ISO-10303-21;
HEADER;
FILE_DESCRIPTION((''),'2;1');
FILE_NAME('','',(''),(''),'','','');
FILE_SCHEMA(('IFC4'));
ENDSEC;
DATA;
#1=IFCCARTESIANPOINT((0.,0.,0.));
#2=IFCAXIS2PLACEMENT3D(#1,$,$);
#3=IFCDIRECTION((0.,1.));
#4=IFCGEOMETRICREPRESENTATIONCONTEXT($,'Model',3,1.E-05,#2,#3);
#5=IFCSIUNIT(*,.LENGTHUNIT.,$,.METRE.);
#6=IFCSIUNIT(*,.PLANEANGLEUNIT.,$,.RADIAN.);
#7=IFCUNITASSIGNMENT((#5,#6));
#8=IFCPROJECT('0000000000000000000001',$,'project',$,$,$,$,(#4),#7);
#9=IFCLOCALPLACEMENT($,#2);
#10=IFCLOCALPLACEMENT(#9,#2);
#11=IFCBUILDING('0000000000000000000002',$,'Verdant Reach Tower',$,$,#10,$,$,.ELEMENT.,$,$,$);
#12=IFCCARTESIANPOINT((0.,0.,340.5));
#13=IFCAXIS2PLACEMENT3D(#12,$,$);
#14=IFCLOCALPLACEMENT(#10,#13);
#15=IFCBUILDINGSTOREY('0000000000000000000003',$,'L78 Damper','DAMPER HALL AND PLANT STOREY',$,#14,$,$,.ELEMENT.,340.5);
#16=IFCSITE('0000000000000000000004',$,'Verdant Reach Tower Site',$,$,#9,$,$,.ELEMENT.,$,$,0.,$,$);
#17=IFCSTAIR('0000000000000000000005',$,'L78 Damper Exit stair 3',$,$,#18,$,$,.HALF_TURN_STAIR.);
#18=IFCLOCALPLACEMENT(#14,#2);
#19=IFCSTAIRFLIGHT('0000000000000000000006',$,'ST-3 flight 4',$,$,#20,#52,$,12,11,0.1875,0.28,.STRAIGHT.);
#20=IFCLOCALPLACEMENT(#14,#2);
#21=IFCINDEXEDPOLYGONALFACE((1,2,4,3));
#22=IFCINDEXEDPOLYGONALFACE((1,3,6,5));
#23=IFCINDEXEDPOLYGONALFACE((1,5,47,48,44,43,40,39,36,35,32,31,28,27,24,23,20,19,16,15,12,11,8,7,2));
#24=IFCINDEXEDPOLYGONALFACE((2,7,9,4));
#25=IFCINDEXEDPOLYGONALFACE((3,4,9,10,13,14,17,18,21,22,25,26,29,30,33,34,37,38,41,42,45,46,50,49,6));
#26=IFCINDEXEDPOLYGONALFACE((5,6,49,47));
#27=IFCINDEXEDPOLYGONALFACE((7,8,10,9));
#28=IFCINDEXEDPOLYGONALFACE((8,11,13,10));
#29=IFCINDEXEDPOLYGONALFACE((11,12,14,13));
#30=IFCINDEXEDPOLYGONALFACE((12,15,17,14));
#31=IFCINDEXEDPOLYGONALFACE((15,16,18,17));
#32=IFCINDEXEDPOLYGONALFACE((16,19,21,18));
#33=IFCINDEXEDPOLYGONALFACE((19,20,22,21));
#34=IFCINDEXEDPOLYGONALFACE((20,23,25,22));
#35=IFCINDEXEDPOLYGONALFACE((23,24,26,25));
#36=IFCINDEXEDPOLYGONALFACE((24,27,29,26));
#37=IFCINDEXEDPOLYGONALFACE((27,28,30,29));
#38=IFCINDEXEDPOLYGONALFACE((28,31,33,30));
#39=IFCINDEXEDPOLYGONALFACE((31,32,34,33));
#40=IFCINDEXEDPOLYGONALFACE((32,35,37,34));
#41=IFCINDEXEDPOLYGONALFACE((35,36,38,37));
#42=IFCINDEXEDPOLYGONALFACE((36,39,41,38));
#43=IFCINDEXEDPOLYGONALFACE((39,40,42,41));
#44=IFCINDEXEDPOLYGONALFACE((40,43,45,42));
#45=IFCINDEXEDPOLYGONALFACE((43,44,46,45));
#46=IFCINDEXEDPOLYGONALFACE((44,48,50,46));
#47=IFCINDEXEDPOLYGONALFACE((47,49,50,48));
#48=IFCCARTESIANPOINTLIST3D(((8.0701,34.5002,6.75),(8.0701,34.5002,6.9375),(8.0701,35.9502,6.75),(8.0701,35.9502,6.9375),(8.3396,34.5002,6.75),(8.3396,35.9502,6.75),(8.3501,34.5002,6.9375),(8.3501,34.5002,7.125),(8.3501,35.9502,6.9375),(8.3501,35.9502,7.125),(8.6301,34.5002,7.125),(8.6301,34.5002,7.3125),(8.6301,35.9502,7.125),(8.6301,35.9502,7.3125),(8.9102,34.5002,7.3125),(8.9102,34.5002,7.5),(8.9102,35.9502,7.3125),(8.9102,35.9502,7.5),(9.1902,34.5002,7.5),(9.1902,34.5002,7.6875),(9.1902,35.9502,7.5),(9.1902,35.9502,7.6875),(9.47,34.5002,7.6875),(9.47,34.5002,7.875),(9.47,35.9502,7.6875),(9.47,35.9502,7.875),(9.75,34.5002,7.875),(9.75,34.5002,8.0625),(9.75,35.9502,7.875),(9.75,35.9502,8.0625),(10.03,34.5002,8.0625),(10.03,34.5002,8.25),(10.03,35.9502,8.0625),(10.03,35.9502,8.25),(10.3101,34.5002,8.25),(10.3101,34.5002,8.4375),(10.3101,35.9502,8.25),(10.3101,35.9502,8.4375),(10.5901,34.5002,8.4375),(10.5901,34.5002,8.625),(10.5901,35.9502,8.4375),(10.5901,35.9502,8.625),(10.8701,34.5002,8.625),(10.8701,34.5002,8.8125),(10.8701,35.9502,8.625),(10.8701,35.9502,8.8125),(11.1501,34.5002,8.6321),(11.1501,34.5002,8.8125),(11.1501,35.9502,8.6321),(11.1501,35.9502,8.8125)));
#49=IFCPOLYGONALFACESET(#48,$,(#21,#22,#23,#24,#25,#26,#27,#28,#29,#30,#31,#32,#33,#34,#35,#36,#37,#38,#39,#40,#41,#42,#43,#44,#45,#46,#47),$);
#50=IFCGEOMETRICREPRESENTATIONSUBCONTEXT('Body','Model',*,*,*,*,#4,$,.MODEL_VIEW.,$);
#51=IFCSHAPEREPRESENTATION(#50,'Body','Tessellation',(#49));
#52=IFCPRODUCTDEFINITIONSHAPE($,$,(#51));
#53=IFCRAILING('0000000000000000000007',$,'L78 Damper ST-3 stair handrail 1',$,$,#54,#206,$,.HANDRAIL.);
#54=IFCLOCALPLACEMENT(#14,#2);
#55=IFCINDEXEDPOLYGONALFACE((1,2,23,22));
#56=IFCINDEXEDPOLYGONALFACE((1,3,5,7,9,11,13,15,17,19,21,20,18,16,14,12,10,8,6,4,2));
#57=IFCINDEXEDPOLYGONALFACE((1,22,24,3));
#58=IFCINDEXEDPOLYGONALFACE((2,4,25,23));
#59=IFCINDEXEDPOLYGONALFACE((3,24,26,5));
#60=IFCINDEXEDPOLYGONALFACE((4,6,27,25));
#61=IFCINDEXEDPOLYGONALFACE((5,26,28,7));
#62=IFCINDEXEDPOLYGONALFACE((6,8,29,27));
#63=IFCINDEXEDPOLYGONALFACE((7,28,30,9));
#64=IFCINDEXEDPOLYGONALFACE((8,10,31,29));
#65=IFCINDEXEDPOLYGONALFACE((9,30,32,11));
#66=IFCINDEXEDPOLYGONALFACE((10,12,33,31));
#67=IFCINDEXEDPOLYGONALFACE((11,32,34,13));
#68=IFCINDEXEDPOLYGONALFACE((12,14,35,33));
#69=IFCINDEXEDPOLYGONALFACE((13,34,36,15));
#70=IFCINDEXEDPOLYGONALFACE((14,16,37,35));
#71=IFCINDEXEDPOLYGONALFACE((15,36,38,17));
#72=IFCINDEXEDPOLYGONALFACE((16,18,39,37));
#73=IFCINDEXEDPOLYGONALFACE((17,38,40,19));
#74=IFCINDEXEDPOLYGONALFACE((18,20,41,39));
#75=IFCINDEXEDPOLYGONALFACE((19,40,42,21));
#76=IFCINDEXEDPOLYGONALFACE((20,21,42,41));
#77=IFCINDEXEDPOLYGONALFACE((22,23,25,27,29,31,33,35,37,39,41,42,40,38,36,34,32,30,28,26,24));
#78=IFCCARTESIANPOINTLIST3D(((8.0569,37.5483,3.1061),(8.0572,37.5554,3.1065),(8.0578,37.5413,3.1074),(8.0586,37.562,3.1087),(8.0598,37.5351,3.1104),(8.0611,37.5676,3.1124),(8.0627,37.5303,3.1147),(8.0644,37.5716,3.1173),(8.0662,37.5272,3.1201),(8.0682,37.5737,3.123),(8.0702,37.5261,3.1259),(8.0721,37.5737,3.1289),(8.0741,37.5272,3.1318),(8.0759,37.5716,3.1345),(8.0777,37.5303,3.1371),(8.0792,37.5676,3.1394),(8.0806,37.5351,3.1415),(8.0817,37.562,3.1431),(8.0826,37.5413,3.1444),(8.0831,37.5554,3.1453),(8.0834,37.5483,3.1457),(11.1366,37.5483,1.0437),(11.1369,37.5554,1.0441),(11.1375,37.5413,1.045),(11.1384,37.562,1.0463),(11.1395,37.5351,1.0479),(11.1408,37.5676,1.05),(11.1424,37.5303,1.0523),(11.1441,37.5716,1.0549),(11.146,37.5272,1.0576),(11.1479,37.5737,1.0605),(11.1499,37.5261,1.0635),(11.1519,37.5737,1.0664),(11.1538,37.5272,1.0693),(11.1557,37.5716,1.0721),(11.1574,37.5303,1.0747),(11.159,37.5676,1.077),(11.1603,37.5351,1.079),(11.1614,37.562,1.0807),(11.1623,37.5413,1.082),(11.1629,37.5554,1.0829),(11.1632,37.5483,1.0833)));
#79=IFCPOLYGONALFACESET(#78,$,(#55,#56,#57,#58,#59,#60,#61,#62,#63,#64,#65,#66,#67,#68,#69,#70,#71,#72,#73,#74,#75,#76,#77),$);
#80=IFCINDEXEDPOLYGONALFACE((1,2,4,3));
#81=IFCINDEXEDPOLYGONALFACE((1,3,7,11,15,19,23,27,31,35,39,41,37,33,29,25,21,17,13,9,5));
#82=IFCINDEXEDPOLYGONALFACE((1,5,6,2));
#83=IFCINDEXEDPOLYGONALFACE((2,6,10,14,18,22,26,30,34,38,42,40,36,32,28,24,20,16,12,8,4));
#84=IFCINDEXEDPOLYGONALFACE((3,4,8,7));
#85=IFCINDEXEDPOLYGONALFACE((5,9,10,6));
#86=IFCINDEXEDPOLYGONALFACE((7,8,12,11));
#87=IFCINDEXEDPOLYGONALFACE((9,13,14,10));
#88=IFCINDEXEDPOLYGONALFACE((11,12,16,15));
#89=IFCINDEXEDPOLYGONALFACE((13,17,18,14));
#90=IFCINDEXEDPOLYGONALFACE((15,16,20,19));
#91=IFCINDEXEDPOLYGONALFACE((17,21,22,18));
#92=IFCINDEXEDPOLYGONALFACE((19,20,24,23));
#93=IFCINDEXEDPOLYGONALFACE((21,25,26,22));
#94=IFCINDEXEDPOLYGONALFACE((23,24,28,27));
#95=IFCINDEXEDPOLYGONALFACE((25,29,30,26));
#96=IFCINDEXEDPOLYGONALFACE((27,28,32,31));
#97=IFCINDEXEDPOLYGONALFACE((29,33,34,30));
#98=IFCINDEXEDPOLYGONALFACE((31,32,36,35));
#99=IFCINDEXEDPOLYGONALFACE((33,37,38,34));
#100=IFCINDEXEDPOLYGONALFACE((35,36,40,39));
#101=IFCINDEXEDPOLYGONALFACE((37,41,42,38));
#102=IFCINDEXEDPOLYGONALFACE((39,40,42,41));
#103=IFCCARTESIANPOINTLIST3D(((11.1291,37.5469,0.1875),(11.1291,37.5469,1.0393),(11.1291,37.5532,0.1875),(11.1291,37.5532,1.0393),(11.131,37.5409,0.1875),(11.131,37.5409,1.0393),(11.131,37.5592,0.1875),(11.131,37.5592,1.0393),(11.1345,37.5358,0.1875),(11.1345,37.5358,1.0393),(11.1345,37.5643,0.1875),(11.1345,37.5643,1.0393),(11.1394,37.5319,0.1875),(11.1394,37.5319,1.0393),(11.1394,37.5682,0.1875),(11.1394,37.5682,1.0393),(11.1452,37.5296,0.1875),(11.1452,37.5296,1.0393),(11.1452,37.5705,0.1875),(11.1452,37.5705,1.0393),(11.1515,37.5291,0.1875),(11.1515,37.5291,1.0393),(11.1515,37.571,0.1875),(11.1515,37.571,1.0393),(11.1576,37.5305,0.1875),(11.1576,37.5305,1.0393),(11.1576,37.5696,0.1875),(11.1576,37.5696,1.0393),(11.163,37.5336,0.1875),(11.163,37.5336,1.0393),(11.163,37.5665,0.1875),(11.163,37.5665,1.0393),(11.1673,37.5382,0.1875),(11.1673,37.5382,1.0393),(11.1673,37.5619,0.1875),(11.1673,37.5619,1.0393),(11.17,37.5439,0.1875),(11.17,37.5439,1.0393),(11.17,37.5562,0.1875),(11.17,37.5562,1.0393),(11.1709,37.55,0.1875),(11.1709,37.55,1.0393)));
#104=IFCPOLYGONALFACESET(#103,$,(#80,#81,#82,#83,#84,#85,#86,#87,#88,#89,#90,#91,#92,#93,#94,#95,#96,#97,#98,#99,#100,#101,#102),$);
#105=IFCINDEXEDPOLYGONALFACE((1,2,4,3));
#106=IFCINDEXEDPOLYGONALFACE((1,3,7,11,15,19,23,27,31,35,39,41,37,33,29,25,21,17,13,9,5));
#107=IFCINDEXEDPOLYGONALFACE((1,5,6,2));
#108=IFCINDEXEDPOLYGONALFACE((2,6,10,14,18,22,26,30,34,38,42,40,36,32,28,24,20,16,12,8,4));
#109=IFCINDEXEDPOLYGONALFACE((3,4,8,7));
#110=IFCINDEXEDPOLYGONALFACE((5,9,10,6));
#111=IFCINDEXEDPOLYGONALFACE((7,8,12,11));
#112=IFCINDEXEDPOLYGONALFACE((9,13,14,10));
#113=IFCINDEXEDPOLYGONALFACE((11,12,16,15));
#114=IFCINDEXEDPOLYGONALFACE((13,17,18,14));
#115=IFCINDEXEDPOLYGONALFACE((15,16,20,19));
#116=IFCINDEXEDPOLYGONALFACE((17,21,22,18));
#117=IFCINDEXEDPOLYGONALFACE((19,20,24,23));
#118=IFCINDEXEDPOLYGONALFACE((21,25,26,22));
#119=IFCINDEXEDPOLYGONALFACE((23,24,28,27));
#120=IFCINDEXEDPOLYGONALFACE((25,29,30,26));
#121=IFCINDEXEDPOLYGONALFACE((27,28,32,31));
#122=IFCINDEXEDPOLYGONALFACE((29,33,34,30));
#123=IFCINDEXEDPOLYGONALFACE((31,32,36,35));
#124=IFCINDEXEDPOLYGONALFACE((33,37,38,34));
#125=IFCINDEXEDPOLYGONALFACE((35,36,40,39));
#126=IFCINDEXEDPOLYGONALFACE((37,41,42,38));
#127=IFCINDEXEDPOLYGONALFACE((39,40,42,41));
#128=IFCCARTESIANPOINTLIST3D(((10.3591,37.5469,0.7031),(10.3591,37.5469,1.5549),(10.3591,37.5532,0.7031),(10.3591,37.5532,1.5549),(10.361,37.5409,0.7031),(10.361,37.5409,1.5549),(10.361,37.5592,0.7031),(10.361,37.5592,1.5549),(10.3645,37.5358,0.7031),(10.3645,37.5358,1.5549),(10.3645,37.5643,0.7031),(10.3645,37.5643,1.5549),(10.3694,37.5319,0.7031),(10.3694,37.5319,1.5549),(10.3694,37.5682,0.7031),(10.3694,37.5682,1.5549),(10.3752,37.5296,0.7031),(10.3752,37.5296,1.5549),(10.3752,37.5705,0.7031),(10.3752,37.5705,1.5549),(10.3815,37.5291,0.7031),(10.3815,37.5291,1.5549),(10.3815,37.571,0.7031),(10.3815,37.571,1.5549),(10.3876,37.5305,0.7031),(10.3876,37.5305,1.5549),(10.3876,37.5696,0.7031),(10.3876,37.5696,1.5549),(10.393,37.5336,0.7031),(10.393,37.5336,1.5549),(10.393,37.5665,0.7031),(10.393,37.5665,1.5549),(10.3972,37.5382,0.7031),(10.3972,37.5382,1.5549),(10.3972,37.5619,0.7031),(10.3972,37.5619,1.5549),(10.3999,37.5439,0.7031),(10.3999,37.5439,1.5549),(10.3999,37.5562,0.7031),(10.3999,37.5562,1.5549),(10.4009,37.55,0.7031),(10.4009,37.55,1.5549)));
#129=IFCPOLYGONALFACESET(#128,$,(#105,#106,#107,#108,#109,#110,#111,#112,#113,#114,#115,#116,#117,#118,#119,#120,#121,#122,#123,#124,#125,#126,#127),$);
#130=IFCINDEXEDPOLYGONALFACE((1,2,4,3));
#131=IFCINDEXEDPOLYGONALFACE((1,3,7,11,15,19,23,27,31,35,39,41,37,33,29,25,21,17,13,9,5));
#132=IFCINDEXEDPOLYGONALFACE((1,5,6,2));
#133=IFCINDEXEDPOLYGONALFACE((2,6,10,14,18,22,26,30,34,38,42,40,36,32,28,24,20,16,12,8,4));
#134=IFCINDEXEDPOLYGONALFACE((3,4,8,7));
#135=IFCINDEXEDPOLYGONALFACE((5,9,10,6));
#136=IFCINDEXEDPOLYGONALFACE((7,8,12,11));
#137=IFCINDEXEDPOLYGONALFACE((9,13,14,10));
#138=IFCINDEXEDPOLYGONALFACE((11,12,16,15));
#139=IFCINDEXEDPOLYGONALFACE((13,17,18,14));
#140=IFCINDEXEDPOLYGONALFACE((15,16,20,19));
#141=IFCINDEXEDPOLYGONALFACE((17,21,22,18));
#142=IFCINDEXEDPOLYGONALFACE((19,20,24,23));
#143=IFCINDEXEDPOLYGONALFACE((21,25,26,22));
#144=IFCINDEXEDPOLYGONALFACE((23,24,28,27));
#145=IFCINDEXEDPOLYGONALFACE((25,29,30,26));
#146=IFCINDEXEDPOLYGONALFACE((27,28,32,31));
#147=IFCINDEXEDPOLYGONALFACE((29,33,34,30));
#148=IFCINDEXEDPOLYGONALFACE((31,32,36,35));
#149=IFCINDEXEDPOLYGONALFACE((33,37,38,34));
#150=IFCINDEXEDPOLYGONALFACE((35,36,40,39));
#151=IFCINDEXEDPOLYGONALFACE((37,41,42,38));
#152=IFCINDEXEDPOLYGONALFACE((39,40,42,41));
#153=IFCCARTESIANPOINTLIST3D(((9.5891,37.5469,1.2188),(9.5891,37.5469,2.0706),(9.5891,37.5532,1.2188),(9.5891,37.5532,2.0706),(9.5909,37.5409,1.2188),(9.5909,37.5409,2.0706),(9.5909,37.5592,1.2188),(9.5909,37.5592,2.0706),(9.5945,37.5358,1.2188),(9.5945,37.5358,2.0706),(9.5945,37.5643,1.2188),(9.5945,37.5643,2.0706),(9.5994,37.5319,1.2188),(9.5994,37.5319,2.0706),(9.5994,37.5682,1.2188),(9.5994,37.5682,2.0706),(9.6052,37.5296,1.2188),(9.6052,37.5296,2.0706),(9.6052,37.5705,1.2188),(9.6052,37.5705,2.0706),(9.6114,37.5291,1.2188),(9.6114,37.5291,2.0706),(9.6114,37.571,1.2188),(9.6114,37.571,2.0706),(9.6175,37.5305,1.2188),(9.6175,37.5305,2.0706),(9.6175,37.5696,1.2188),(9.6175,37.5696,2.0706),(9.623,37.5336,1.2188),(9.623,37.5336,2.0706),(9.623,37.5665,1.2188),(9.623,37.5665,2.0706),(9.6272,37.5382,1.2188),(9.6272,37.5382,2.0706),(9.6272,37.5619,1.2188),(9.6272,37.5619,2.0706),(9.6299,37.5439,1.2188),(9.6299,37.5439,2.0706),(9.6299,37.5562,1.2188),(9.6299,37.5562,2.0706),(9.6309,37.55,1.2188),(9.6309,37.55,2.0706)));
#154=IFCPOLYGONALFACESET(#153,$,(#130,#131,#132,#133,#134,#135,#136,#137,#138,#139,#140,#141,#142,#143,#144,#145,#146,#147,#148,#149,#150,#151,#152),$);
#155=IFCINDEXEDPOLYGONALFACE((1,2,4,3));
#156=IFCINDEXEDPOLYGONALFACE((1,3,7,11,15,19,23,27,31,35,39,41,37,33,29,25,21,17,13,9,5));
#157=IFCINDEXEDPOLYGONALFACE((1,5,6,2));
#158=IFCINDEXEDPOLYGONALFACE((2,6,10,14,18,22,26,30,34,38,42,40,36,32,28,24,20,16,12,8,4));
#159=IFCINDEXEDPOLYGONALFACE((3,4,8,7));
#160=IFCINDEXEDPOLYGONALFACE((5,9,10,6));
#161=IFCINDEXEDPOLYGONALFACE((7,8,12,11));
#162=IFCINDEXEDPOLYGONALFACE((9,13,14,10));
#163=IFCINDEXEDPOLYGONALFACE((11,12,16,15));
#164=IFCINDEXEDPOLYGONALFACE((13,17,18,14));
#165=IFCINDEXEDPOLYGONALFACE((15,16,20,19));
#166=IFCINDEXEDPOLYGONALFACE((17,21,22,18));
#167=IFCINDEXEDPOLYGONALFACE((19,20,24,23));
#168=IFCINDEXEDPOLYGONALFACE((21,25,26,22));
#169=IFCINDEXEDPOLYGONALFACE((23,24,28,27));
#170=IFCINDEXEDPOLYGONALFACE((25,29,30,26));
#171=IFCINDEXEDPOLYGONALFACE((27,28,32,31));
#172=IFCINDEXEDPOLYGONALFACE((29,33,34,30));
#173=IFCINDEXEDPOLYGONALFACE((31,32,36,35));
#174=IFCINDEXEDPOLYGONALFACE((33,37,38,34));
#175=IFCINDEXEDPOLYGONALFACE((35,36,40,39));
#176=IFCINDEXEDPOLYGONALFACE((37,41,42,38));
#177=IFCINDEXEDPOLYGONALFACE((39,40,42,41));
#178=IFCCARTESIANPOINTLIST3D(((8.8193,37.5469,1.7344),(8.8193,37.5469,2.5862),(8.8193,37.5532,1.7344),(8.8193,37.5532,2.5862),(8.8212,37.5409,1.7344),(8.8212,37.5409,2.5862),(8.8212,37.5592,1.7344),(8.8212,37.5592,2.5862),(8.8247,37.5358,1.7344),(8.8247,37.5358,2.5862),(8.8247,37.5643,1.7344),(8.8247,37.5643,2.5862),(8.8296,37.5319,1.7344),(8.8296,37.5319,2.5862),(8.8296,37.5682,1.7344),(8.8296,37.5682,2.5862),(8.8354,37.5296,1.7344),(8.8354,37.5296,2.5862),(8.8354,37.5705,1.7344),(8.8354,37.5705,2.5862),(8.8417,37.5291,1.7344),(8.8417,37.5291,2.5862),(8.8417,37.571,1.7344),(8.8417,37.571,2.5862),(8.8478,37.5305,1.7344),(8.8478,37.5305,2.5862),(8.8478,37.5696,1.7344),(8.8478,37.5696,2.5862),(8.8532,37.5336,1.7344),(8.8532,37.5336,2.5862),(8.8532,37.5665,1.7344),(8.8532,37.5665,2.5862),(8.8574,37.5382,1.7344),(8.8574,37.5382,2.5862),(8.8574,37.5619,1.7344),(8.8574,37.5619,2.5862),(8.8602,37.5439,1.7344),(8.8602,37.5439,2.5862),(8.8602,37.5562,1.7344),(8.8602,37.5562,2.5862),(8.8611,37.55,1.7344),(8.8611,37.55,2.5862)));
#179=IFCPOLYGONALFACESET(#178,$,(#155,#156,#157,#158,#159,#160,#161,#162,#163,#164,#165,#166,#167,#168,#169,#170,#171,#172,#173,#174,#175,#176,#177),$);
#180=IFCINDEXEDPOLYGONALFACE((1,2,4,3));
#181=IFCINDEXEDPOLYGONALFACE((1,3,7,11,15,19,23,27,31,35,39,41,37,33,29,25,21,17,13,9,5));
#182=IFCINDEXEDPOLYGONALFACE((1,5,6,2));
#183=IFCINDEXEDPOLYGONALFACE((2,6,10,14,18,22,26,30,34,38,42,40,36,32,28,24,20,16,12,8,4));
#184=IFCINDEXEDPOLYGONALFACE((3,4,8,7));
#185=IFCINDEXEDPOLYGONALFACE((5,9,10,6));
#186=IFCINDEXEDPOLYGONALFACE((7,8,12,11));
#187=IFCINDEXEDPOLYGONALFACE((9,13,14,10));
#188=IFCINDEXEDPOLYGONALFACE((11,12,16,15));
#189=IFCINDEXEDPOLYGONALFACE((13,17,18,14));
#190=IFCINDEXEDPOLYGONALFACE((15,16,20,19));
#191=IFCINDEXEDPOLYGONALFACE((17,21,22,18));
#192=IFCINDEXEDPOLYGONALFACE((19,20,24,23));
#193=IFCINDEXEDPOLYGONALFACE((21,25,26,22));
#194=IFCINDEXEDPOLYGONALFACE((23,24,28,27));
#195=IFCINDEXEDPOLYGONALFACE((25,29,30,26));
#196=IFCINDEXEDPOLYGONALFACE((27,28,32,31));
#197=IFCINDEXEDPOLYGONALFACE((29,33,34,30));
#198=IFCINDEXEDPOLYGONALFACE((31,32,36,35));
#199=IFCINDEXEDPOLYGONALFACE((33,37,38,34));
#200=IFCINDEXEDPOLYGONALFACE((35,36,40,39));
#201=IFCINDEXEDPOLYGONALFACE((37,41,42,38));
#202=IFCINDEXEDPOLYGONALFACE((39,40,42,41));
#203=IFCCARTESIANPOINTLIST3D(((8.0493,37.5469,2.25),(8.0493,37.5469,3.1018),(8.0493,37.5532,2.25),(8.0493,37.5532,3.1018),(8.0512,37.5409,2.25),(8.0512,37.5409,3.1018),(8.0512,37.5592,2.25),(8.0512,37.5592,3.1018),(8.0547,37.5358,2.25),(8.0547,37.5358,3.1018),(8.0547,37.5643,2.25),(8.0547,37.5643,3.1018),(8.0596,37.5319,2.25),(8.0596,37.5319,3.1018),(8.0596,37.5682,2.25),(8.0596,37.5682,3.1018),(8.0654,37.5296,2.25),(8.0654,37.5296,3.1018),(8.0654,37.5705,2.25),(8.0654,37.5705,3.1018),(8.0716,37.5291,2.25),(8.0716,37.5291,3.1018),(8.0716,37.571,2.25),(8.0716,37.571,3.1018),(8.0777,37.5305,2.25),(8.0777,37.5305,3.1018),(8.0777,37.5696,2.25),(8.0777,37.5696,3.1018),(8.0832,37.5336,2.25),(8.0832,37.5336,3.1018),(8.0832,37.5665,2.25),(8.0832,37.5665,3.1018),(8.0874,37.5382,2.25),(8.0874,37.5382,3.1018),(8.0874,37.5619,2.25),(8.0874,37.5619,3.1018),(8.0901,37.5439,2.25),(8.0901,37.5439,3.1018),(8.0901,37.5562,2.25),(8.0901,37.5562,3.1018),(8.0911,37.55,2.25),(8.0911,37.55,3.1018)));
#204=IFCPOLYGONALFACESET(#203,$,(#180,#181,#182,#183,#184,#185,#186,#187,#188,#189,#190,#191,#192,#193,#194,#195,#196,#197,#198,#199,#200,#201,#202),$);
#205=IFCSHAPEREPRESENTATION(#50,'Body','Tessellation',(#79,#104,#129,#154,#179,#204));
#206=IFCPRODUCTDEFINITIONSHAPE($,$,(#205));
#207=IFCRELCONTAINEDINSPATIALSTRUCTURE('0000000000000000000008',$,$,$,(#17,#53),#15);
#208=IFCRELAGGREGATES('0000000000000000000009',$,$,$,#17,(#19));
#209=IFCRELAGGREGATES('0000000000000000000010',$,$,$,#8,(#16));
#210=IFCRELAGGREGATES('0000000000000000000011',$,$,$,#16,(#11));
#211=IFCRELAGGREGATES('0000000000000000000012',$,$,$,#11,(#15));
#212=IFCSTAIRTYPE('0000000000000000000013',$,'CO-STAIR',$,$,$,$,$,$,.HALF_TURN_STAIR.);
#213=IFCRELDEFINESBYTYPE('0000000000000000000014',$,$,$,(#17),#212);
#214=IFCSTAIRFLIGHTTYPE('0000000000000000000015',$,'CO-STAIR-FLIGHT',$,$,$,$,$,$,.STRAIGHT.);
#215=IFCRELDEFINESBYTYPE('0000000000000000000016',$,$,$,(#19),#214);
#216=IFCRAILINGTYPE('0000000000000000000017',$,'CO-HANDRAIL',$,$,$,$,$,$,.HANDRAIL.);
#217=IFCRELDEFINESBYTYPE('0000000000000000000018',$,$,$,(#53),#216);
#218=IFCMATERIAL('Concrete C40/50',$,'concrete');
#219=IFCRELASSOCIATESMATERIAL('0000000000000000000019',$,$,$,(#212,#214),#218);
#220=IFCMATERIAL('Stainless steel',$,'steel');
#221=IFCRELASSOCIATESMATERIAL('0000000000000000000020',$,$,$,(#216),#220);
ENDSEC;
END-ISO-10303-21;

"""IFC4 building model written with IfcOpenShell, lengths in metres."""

from ifc_helpers import new_model, si_unit, direction, frame, origin, origin_2d, place, context, subcontext, project, spatial, polyline, circle, outline, extrude, material, type_object, element, aggregate, save


model = new_model("IFC4")

# Units and contexts
model_context = context("Model", 3, precision=1e-05, world=origin(), true_north=direction((0.0, 1.0)))
body_context = subcontext(model_context, "Body", "Model", "MODEL_VIEW")
ifc_project = project(units=[si_unit("LENGTHUNIT", "METRE"), si_unit("PLANEANGLEUNIT", "RADIAN")], contexts=[model_context])

# Site, building, storey
site_placement = place(None, origin())
site = spatial("IfcSite", under=ifc_project, at=site_placement, Name="Verdant Reach Tower Site", CompositionType="ELEMENT", RefElevation=0.0)
building_placement = place(site_placement, origin())
building = spatial("IfcBuilding", under=site, at=building_placement, Name="Verdant Reach Tower", CompositionType="ELEMENT")
storey_placement = place(building_placement, frame((0.0, 0.0, 340.5)))
storey = spatial("IfcBuildingStorey", under=building, at=storey_placement, Name="L78 Damper", Description="DAMPER HALL AND PLANT STOREY", CompositionType="ELEMENT", Elevation=340.5)

# Stair, stair flight
ifc_material_1 = material(Name="Concrete C40/50", Category="concrete")
stair_type = type_object("IfcStairType", Name="CO-STAIR", PredefinedType="HALF_TURN_STAIR", material=ifc_material_1)
stair_placement = place(storey_placement, origin())
stair = element("IfcStair", 1, at=stair_placement, inside=storey, type_object=stair_type, Name="L78 Damper Exit stair 3", PredefinedType="HALF_TURN_STAIR")
stair_flight_type = type_object("IfcStairFlightType", Name="CO-STAIR-FLIGHT", PredefinedType="STRAIGHT", material=ifc_material_1)
stair_flight_1_placement = place(storey_placement, frame((8.0701, 35.2251, 6.75), z_axis=(0.0, 0.0, 1.0), x_axis=(1.0, 0.0, 0.0)))
stair_flight_1 = element("IfcStairFlight", 2, at=stair_flight_1_placement, type_object=stair_flight_type, Name="ST-3 flight 4", NumberOfRisers=12, NumberOfTreads=11, PredefinedType="STRAIGHT", RiserHeight=0.1875, TreadLength=0.28, context=body_context, shape_type="SweptSolid", body=[
    extrude(outline(polyline([(0.0, 0.0), (0.0, 0.1875), (0.28, 0.1875), (0.28, 0.375), (0.5601, 0.375), (0.5601, 0.5625), (0.8401, 0.5625), (0.8401, 0.75), (1.1201, 0.75), (1.1201, 0.9375), (1.3999, 0.9375), (1.3999, 1.125), (1.6799, 1.125), (1.6799, 1.3125), (1.96, 1.3125), (1.96, 1.5), (2.24, 1.5), (2.24, 1.6875), (2.52, 1.6875), (2.52, 1.875), (2.8, 1.875), (2.8, 2.0625), (3.0801, 2.0625), (3.0801, 2.25), (3.0801, 1.8821), (0.2695, 0.0), (0.0, 0.0)])), frame((0.0, 0.7251, 0.0), z_axis=(0.0, -1.0, 0.0), x_axis=(1.0, 0.0, 0.0)), (0.0, 0.0, 1.0), 1.45),
])
aggregate(stair, [stair_flight_1])

# Railing
ifc_material_2 = material(Name="Stainless steel", Category="steel")
railing_type_1 = type_object("IfcRailingType", Name="CO-HANDRAIL", PredefinedType="HANDRAIL", material=ifc_material_2)
for number, where, name in (
    (3, (11.1499, 37.55, 0.1875), "L78 Damper ST-3 stair handrail 1"),
):
    element("IfcRailing", number, at=place(storey_placement, frame(where)), inside=storey, type_object=railing_type_1, Name=name, PredefinedType="HANDRAIL", context=body_context, shape_type="SweptSolid", body=[
        extrude(circle(Radius=0.0239, at=origin_2d()), frame((0.0, 0.0, 0.876), z_axis=(-0.830893, 0.0, 0.556432), x_axis=(0.0, -1.0, 0.0)), (0.0, 0.0, 1.0), 3.7065),
        extrude(circle(Radius=0.021, at=origin_2d()), origin(), (0.0, 0.0, 1.0), 0.8518),
        extrude(circle(Radius=0.021, at=origin_2d()), frame((-0.77, 0.0, 0.5156)), (0.0, 0.0, 1.0), 0.8518),
        extrude(circle(Radius=0.021, at=origin_2d()), frame((-1.54, 0.0, 1.0312)), (0.0, 0.0, 1.0), 0.8518),
        extrude(circle(Radius=0.021, at=origin_2d()), frame((-2.3098, 0.0, 1.5469)), (0.0, 0.0, 1.0), 0.8518),
        extrude(circle(Radius=0.021, at=origin_2d()), frame((-3.0798, 0.0, 2.0625)), (0.0, 0.0, 1.0), 0.8518),
    ])

save(model, "model.ifc")
